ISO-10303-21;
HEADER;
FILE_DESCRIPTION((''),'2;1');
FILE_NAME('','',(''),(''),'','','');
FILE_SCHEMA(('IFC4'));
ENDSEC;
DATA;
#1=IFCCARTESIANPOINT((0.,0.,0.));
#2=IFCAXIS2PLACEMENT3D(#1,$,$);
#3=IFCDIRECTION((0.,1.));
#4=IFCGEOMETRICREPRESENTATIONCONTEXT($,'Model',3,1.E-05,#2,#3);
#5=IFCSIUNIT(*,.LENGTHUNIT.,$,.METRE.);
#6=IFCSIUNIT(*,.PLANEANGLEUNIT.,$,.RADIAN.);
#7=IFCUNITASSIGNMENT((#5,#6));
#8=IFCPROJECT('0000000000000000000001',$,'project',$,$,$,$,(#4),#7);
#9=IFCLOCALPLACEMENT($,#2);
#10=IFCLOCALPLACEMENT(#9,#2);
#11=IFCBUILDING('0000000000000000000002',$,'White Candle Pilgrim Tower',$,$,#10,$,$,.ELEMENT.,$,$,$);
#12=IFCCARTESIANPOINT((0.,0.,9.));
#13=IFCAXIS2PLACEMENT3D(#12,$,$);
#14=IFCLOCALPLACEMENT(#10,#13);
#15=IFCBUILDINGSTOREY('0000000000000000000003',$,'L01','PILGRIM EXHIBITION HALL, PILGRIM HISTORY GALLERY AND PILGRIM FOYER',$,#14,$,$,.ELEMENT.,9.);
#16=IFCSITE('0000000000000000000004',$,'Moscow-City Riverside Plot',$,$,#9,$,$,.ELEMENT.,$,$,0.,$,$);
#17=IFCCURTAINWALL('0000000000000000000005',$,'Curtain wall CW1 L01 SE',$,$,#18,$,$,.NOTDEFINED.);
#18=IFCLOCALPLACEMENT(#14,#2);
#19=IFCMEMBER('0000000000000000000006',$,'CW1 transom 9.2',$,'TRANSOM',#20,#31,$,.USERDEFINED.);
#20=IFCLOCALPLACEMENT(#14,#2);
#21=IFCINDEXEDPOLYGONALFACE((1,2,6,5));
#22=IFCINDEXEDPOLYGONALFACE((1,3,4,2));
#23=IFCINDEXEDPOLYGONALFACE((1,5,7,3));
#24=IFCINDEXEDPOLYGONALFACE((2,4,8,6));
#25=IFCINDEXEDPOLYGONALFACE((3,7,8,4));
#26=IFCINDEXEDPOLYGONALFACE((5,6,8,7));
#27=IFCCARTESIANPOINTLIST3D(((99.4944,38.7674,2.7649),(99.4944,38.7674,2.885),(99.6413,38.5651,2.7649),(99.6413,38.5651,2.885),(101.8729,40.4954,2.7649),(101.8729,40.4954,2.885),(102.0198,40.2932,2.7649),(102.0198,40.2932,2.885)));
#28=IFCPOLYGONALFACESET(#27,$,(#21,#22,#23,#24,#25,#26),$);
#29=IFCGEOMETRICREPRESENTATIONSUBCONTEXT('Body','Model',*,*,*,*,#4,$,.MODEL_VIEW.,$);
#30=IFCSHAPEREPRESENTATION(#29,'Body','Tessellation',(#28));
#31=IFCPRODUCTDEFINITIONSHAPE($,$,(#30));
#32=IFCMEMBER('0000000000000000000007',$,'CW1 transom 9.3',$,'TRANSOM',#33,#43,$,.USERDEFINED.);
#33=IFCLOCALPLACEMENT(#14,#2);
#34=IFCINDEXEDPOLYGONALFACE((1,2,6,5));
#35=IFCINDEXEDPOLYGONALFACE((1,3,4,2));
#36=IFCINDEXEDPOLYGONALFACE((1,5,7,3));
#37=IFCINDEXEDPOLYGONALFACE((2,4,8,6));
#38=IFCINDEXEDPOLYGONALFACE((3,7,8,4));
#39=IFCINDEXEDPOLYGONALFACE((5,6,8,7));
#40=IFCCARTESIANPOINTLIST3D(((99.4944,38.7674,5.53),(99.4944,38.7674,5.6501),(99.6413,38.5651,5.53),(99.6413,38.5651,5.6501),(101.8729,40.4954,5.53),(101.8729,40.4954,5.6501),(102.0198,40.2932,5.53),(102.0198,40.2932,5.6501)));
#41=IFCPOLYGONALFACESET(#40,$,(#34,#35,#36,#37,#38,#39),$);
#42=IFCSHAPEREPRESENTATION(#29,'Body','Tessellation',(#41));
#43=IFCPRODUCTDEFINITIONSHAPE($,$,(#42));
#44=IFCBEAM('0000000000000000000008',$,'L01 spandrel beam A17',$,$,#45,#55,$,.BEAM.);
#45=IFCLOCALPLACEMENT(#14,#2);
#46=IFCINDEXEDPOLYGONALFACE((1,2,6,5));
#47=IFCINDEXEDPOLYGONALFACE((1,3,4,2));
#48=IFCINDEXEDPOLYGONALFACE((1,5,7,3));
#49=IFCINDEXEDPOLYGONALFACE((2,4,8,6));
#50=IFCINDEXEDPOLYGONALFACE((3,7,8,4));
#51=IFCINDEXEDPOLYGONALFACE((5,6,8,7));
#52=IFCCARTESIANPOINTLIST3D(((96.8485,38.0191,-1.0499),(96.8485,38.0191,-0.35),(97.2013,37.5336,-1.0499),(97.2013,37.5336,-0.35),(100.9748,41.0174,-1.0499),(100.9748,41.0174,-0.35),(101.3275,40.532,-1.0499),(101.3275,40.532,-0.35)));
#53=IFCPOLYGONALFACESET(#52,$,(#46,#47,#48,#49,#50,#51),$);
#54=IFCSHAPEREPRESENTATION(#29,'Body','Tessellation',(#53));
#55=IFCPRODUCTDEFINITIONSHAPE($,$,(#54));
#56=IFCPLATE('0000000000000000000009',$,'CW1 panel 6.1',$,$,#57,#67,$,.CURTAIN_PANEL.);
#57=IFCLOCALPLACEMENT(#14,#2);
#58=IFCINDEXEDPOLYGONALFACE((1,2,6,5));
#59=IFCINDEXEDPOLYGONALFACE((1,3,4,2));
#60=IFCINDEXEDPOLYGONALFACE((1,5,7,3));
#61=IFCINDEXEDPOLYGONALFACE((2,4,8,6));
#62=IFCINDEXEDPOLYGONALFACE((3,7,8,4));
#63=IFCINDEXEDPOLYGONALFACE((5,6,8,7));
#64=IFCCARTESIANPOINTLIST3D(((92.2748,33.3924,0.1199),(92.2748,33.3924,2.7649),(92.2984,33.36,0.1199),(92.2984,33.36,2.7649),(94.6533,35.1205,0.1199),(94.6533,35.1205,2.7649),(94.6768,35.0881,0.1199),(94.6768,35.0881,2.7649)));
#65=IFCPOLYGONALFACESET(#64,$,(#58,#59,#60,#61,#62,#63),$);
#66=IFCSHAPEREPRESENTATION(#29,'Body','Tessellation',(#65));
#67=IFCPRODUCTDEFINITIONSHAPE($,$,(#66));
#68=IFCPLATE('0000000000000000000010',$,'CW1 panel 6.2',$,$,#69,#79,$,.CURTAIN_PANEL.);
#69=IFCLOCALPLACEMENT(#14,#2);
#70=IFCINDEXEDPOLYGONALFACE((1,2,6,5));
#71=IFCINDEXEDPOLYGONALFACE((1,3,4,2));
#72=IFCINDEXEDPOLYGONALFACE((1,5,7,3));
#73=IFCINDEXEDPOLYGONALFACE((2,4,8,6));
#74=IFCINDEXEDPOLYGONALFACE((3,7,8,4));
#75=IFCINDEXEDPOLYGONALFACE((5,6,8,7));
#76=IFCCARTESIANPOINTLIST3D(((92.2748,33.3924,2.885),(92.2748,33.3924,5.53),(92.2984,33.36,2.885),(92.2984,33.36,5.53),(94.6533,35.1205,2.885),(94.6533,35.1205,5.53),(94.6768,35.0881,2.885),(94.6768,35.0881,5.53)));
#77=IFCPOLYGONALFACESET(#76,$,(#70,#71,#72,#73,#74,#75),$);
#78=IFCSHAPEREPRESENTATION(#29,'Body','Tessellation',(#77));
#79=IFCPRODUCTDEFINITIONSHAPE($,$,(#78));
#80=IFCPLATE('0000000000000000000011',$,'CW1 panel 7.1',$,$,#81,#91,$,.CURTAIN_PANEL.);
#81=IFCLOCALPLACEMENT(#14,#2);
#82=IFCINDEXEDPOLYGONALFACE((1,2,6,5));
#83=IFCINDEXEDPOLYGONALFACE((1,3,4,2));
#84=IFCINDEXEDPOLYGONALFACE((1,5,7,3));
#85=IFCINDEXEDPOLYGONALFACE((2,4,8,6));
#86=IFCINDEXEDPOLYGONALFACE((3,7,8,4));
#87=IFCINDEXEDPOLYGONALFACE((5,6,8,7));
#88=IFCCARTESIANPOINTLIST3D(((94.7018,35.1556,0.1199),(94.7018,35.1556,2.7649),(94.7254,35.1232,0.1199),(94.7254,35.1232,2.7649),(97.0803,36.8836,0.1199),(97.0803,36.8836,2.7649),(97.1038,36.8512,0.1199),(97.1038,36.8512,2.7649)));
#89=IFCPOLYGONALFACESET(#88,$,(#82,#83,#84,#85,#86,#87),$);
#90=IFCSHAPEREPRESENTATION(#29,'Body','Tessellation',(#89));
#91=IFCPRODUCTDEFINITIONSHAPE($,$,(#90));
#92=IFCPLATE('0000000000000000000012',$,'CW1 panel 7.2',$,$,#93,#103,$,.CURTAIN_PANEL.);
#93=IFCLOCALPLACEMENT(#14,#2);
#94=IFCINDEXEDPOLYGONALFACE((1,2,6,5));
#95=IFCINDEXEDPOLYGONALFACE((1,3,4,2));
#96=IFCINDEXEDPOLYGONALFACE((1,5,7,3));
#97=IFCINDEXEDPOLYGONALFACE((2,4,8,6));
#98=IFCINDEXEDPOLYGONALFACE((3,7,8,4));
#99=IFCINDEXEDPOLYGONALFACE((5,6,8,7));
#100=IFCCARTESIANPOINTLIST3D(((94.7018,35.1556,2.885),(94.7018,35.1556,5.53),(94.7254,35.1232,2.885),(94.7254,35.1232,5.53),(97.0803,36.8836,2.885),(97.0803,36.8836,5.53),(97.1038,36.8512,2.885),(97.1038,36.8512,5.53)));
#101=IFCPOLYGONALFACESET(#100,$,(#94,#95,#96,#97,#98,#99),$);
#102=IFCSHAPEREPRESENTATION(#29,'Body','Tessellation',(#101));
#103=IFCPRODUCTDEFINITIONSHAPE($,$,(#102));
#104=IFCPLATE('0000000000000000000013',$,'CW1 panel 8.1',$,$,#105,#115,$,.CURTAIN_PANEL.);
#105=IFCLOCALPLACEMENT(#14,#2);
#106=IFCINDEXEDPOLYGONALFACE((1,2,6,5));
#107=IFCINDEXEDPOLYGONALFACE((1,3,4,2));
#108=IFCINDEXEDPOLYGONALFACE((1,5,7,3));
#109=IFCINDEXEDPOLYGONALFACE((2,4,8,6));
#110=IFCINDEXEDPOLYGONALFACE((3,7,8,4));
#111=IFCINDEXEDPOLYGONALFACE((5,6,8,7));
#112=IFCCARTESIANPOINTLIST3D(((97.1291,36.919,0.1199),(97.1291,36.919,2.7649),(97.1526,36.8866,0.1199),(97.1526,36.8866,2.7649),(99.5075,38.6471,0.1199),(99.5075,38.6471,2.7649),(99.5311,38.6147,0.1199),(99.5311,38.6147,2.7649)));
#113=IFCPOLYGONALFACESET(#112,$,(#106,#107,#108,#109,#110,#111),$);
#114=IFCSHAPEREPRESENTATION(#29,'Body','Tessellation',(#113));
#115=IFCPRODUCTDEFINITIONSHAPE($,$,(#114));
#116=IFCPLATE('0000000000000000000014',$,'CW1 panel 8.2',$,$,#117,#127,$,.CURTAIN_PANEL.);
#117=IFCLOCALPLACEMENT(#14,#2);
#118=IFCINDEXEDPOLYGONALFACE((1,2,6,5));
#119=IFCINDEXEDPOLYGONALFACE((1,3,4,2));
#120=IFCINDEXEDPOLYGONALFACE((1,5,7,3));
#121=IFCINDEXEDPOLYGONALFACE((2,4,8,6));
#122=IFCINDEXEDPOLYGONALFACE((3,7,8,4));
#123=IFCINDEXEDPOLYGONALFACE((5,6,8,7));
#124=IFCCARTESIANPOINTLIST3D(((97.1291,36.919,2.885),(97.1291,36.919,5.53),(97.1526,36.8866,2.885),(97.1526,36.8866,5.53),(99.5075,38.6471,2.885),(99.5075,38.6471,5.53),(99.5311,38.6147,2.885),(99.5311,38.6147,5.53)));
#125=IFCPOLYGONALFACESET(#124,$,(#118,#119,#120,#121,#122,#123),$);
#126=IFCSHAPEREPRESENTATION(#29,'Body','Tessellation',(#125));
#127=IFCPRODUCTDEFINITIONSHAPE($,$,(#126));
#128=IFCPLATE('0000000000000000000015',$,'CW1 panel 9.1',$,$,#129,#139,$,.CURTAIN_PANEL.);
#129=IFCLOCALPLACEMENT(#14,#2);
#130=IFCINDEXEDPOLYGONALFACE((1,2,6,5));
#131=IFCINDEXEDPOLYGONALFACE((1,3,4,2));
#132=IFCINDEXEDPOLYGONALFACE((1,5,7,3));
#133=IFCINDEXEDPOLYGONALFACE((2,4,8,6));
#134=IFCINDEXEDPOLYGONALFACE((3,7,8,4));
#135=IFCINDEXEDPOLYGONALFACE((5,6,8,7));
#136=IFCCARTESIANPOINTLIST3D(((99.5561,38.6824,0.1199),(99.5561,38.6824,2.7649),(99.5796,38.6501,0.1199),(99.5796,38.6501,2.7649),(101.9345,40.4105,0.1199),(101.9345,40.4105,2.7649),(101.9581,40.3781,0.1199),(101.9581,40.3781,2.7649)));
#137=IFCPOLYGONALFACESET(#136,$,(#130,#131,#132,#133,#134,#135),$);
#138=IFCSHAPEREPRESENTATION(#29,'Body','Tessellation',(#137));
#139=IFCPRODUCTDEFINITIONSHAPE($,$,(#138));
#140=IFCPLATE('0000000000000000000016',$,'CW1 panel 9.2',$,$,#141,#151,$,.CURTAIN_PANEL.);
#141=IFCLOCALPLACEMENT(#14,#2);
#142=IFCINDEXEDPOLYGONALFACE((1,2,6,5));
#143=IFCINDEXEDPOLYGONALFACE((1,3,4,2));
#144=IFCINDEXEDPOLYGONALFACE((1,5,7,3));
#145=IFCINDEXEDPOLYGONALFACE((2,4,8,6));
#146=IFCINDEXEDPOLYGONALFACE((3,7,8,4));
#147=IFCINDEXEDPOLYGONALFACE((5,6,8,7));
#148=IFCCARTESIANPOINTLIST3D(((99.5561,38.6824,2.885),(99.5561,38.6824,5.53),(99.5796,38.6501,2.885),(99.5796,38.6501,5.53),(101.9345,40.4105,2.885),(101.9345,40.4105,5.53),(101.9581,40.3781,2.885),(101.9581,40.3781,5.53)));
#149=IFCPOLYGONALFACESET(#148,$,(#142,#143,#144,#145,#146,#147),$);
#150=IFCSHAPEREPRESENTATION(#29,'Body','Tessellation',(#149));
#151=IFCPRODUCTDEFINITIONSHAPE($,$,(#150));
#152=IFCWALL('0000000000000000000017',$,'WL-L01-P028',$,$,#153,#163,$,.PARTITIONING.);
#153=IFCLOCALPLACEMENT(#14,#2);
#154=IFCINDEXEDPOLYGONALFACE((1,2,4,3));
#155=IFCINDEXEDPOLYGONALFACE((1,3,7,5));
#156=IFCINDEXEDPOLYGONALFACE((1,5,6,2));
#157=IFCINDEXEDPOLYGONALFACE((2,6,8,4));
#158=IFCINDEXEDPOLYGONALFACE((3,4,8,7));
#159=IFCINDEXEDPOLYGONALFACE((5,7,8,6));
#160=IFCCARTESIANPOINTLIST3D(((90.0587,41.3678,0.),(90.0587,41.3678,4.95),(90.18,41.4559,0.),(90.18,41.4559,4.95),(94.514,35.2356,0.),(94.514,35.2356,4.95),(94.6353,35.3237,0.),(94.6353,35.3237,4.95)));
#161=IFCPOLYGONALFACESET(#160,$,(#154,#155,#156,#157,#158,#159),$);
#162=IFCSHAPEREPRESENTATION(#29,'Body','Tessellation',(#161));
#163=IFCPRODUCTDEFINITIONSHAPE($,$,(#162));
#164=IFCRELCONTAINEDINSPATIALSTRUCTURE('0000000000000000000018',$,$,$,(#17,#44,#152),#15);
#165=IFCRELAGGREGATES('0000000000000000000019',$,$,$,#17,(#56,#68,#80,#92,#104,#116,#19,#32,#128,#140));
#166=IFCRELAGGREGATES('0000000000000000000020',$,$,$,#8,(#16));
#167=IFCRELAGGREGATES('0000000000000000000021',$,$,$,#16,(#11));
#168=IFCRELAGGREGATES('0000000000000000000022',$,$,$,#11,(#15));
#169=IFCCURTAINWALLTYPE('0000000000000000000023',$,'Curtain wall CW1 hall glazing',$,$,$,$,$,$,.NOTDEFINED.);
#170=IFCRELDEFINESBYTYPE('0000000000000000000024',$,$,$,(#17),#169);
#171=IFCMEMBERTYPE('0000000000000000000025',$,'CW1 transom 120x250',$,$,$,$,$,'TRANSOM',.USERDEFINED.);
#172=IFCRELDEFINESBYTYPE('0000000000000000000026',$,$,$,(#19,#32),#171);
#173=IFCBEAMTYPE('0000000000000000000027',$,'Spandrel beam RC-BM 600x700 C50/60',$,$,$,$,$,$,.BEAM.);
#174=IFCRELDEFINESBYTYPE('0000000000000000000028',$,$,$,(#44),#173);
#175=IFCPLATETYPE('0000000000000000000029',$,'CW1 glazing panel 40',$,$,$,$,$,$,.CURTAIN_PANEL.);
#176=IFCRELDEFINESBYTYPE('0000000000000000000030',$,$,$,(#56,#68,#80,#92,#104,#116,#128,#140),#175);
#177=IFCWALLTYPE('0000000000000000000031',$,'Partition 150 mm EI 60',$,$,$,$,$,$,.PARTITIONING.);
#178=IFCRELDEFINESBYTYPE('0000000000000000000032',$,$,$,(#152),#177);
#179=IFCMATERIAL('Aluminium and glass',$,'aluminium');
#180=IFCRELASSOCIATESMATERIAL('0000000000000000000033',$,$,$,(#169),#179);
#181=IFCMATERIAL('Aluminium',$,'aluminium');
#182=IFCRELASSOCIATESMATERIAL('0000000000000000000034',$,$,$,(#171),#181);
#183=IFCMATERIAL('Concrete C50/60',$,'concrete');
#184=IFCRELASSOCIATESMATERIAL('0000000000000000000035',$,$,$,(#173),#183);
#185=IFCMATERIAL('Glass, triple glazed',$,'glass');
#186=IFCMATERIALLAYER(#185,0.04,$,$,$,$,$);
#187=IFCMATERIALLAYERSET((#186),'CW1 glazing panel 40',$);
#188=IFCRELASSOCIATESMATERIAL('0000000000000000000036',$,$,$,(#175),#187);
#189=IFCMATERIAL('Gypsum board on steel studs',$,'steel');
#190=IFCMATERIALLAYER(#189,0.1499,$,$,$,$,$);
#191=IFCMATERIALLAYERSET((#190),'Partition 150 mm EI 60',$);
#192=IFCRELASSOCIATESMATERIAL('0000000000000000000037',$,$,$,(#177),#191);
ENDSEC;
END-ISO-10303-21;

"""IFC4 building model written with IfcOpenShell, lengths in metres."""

from ifc_helpers import new_model, si_unit, direction, frame, frame_2d, origin, origin_2d, place, context, subcontext, project, spatial, rectangle, extrude, material, layer, layer_set, material_profile, profile_set, type_object, element, aggregate, save


model = new_model("IFC4")

# Units and contexts
model_context = context("Model", 3, precision=1e-05, world=origin(), true_north=direction((0.0, 1.0)))
body_context = subcontext(model_context, "Body", "Model", "MODEL_VIEW")
ifc_project = project(units=[si_unit("LENGTHUNIT", "METRE"), si_unit("PLANEANGLEUNIT", "RADIAN")], contexts=[model_context])

# Site, building, storey
site_placement = place(None, origin())
site = spatial("IfcSite", under=ifc_project, at=site_placement, Name="Moscow-City Riverside Plot", CompositionType="ELEMENT", RefElevation=0.0)
building_placement = place(site_placement, origin())
building = spatial("IfcBuilding", under=site, at=building_placement, Name="White Candle Pilgrim Tower", CompositionType="ELEMENT")
storey_placement = place(building_placement, frame((0.0, 0.0, 9.0)))
storey = spatial("IfcBuildingStorey", under=building, at=storey_placement, Name="L01", Description="PILGRIM EXHIBITION HALL, PILGRIM HISTORY GALLERY AND PILGRIM FOYER", CompositionType="ELEMENT", Elevation=9.0)

# Curtain wall, members
ifc_material_1 = material(Name="Aluminium and glass", Category="aluminium")
curtain_wall_type = type_object("IfcCurtainWallType", Name="Curtain wall CW1 hall glazing", PredefinedType="NOTDEFINED", material=ifc_material_1)
curtain_wall_placement = place(storey_placement, origin())
curtain_wall = element("IfcCurtainWall", 1, at=curtain_wall_placement, inside=storey, type_object=curtain_wall_type, Name="Curtain wall CW1 L01 SE", PredefinedType="NOTDEFINED")
ifc_material_2 = material(Name="Aluminium", Category="aluminium")
ifc_material_profile_1 = material_profile(ifc_material_2, rectangle(XDim=0.25, YDim=0.1201, at=origin_2d()), Name="CW1 transom 120x250")
ifc_profile_set_1 = profile_set([ifc_material_profile_1], Name="Aluminium")
member_type_1 = type_object("IfcMemberType", Name="CW1 transom 120x250", ElementType="TRANSOM", PredefinedType="USERDEFINED", material=ifc_profile_set_1)
member_1_placement = place(storey_placement, frame((99.5679, 38.6663, 2.825), z_axis=(0.809016, 0.587786, 0.0), x_axis=(-0.587786, 0.809016, 0.0)))
member_1 = element("IfcMember", 2, at=member_1_placement, type_object=member_type_1, Name="CW1 transom 9.2", ObjectType="TRANSOM", PredefinedType="USERDEFINED", context=body_context, shape_type="SweptSolid", body=[
    extrude(rectangle(XDim=0.25, YDim=0.1201, at=origin_2d()), origin(), (0.0, 0.0, 1.0), 2.9399),
])
member_2_placement = place(storey_placement, frame((99.5679, 38.6663, 5.5901), z_axis=(0.809016, 0.587786, 0.0), x_axis=(-0.587786, 0.809016, 0.0)))
member_2 = element("IfcMember", 3, at=member_2_placement, type_object=member_type_1, Name="CW1 transom 9.3", ObjectType="TRANSOM", PredefinedType="USERDEFINED", context=body_context, shape_type="SweptSolid", body=[
    extrude(rectangle(XDim=0.25, YDim=0.1201, at=origin_2d()), origin(), (0.0, 0.0, 1.0), 2.9399),
])

# Beam
ifc_material_3 = material(Name="Concrete C50/60", Category="concrete")
ifc_material_profile_2 = material_profile(ifc_material_3, rectangle(XDim=0.6001, YDim=0.7, at=origin_2d()), Name="RC-BM 600x700")
ifc_profile_set_2 = profile_set([ifc_material_profile_2], Name="Concrete C50/60")
beam_type = type_object("IfcBeamType", Name="Spandrel beam RC-BM 600x700 C50/60", PredefinedType="BEAM", material=ifc_profile_set_2)
beam_placement = place(storey_placement, frame((97.0249, 37.7764, -0.7), z_axis=(0.808978, 0.587839, 0.0), x_axis=(-0.587839, 0.808978, 0.0)))
element("IfcBeam", 4, at=beam_placement, inside=storey, type_object=beam_type, Name="L01 spandrel beam A17", PredefinedType="BEAM", context=body_context, shape_type="SweptSolid", body=[
    extrude(rectangle(XDim=0.6001, YDim=0.7, at=origin_2d()), origin(), (0.0, 0.0, 1.0), 5.1006),
])

# Plates
ifc_material_4 = material(Name="Glass, triple glazed", Category="glass")
ifc_layer_1 = layer(ifc_material_4, 0.04)
ifc_layer_set_1 = layer_set([ifc_layer_1], Name="CW1 glazing panel 40")
plate_type = type_object("IfcPlateType", Name="CW1 glazing panel 40", PredefinedType="CURTAIN_PANEL", material=ifc_layer_set_1)
plate_1_placement = place(storey_placement, frame((93.4758, 34.2402, 0.1199), z_axis=(0.0, 0.0, 1.0), x_axis=(0.809017, 0.587785, 0.0)))
plate_1 = element("IfcPlate", 5, at=plate_1_placement, type_object=plate_type, Name="CW1 panel 6.1", PredefinedType="CURTAIN_PANEL", context=body_context, shape_type="SweptSolid", body=[
    extrude(rectangle(XDim=2.9399, YDim=0.04, at=origin_2d()), origin(), (0.0, 0.0, 1.0), 2.645),
])
plate_2_placement = place(storey_placement, frame((93.4758, 34.2402, 2.885), z_axis=(0.0, 0.0, 1.0), x_axis=(0.809017, 0.587785, 0.0)))
plate_2 = element("IfcPlate", 6, at=plate_2_placement, type_object=plate_type, Name="CW1 panel 6.2", PredefinedType="CURTAIN_PANEL", context=body_context, shape_type="SweptSolid", body=[
    extrude(rectangle(XDim=2.9399, YDim=0.04, at=origin_2d()), origin(), (0.0, 0.0, 1.0), 2.645),
])
plate_3_placement = place(storey_placement, frame((95.9028, 36.0034, 0.1199), z_axis=(0.0, 0.0, 1.0), x_axis=(0.809017, 0.587785, 0.0)))
plate_3 = element("IfcPlate", 7, at=plate_3_placement, type_object=plate_type, Name="CW1 panel 7.1", PredefinedType="CURTAIN_PANEL", context=body_context, shape_type="SweptSolid", body=[
    extrude(rectangle(XDim=2.9399, YDim=0.04, at=origin_2d()), origin(), (0.0, 0.0, 1.0), 2.645),
])
plate_4_placement = place(storey_placement, frame((95.9028, 36.0034, 2.885), z_axis=(0.0, 0.0, 1.0), x_axis=(0.809017, 0.587785, 0.0)))
plate_4 = element("IfcPlate", 8, at=plate_4_placement, type_object=plate_type, Name="CW1 panel 7.2", PredefinedType="CURTAIN_PANEL", context=body_context, shape_type="SweptSolid", body=[
    extrude(rectangle(XDim=2.9399, YDim=0.04, at=origin_2d()), origin(), (0.0, 0.0, 1.0), 2.645),
])
plate_5_placement = place(storey_placement, frame((98.3301, 37.7668, 0.1199), z_axis=(0.0, 0.0, 1.0), x_axis=(0.809017, 0.587785, 0.0)))
plate_5 = element("IfcPlate", 9, at=plate_5_placement, type_object=plate_type, Name="CW1 panel 8.1", PredefinedType="CURTAIN_PANEL", context=body_context, shape_type="SweptSolid", body=[
    extrude(rectangle(XDim=2.9399, YDim=0.04, at=origin_2d()), origin(), (0.0, 0.0, 1.0), 2.645),
])
plate_6_placement = place(storey_placement, frame((98.3301, 37.7668, 2.885), z_axis=(0.0, 0.0, 1.0), x_axis=(0.809017, 0.587785, 0.0)))
plate_6 = element("IfcPlate", 10, at=plate_6_placement, type_object=plate_type, Name="CW1 panel 8.2", PredefinedType="CURTAIN_PANEL", context=body_context, shape_type="SweptSolid", body=[
    extrude(rectangle(XDim=2.9399, YDim=0.04, at=origin_2d()), origin(), (0.0, 0.0, 1.0), 2.645),
])
plate_7_placement = place(storey_placement, frame((100.7571, 39.5303, 0.1199), z_axis=(0.0, 0.0, 1.0), x_axis=(0.809017, 0.587785, 0.0)))
plate_7 = element("IfcPlate", 11, at=plate_7_placement, type_object=plate_type, Name="CW1 panel 9.1", PredefinedType="CURTAIN_PANEL", context=body_context, shape_type="SweptSolid", body=[
    extrude(rectangle(XDim=2.9399, YDim=0.04, at=origin_2d()), origin(), (0.0, 0.0, 1.0), 2.645),
])
plate_8_placement = place(storey_placement, frame((100.7571, 39.5303, 2.885), z_axis=(0.0, 0.0, 1.0), x_axis=(0.809017, 0.587785, 0.0)))
plate_8 = element("IfcPlate", 12, at=plate_8_placement, type_object=plate_type, Name="CW1 panel 9.2", PredefinedType="CURTAIN_PANEL", context=body_context, shape_type="SweptSolid", body=[
    extrude(rectangle(XDim=2.9399, YDim=0.04, at=origin_2d()), origin(), (0.0, 0.0, 1.0), 2.645),
])
aggregate(curtain_wall, [plate_1, plate_2, plate_3, plate_4, plate_5, plate_6, member_1, member_2, plate_7, plate_8])

# Wall
ifc_material_5 = material(Name="Gypsum board on steel studs", Category="steel")
ifc_layer_2 = layer(ifc_material_5, 0.1499)
ifc_layer_set_2 = layer_set([ifc_layer_2], Name="Partition 150 mm EI 60")
wall_type = type_object("IfcWallType", Name="Partition 150 mm EI 60", PredefinedType="PARTITIONING", material=ifc_layer_set_2)
wall_placement = place(storey_placement, frame((94.5747, 35.2795, 0.0), z_axis=(0.0, 0.0, 1.0), x_axis=(-0.587779, 0.809022, 0.0)))
element("IfcWall", 13, at=wall_placement, inside=storey, type_object=wall_type, Name="WL-L01-P028", PredefinedType="PARTITIONING", context=body_context, shape_type="SweptSolid", body=[
    extrude(rectangle(XDim=7.5798, YDim=0.1499, at=frame_2d((3.79, 0.0))), origin(), (0.0, 0.0, 1.0), 4.95),
])

save(model, "model.ifc")
